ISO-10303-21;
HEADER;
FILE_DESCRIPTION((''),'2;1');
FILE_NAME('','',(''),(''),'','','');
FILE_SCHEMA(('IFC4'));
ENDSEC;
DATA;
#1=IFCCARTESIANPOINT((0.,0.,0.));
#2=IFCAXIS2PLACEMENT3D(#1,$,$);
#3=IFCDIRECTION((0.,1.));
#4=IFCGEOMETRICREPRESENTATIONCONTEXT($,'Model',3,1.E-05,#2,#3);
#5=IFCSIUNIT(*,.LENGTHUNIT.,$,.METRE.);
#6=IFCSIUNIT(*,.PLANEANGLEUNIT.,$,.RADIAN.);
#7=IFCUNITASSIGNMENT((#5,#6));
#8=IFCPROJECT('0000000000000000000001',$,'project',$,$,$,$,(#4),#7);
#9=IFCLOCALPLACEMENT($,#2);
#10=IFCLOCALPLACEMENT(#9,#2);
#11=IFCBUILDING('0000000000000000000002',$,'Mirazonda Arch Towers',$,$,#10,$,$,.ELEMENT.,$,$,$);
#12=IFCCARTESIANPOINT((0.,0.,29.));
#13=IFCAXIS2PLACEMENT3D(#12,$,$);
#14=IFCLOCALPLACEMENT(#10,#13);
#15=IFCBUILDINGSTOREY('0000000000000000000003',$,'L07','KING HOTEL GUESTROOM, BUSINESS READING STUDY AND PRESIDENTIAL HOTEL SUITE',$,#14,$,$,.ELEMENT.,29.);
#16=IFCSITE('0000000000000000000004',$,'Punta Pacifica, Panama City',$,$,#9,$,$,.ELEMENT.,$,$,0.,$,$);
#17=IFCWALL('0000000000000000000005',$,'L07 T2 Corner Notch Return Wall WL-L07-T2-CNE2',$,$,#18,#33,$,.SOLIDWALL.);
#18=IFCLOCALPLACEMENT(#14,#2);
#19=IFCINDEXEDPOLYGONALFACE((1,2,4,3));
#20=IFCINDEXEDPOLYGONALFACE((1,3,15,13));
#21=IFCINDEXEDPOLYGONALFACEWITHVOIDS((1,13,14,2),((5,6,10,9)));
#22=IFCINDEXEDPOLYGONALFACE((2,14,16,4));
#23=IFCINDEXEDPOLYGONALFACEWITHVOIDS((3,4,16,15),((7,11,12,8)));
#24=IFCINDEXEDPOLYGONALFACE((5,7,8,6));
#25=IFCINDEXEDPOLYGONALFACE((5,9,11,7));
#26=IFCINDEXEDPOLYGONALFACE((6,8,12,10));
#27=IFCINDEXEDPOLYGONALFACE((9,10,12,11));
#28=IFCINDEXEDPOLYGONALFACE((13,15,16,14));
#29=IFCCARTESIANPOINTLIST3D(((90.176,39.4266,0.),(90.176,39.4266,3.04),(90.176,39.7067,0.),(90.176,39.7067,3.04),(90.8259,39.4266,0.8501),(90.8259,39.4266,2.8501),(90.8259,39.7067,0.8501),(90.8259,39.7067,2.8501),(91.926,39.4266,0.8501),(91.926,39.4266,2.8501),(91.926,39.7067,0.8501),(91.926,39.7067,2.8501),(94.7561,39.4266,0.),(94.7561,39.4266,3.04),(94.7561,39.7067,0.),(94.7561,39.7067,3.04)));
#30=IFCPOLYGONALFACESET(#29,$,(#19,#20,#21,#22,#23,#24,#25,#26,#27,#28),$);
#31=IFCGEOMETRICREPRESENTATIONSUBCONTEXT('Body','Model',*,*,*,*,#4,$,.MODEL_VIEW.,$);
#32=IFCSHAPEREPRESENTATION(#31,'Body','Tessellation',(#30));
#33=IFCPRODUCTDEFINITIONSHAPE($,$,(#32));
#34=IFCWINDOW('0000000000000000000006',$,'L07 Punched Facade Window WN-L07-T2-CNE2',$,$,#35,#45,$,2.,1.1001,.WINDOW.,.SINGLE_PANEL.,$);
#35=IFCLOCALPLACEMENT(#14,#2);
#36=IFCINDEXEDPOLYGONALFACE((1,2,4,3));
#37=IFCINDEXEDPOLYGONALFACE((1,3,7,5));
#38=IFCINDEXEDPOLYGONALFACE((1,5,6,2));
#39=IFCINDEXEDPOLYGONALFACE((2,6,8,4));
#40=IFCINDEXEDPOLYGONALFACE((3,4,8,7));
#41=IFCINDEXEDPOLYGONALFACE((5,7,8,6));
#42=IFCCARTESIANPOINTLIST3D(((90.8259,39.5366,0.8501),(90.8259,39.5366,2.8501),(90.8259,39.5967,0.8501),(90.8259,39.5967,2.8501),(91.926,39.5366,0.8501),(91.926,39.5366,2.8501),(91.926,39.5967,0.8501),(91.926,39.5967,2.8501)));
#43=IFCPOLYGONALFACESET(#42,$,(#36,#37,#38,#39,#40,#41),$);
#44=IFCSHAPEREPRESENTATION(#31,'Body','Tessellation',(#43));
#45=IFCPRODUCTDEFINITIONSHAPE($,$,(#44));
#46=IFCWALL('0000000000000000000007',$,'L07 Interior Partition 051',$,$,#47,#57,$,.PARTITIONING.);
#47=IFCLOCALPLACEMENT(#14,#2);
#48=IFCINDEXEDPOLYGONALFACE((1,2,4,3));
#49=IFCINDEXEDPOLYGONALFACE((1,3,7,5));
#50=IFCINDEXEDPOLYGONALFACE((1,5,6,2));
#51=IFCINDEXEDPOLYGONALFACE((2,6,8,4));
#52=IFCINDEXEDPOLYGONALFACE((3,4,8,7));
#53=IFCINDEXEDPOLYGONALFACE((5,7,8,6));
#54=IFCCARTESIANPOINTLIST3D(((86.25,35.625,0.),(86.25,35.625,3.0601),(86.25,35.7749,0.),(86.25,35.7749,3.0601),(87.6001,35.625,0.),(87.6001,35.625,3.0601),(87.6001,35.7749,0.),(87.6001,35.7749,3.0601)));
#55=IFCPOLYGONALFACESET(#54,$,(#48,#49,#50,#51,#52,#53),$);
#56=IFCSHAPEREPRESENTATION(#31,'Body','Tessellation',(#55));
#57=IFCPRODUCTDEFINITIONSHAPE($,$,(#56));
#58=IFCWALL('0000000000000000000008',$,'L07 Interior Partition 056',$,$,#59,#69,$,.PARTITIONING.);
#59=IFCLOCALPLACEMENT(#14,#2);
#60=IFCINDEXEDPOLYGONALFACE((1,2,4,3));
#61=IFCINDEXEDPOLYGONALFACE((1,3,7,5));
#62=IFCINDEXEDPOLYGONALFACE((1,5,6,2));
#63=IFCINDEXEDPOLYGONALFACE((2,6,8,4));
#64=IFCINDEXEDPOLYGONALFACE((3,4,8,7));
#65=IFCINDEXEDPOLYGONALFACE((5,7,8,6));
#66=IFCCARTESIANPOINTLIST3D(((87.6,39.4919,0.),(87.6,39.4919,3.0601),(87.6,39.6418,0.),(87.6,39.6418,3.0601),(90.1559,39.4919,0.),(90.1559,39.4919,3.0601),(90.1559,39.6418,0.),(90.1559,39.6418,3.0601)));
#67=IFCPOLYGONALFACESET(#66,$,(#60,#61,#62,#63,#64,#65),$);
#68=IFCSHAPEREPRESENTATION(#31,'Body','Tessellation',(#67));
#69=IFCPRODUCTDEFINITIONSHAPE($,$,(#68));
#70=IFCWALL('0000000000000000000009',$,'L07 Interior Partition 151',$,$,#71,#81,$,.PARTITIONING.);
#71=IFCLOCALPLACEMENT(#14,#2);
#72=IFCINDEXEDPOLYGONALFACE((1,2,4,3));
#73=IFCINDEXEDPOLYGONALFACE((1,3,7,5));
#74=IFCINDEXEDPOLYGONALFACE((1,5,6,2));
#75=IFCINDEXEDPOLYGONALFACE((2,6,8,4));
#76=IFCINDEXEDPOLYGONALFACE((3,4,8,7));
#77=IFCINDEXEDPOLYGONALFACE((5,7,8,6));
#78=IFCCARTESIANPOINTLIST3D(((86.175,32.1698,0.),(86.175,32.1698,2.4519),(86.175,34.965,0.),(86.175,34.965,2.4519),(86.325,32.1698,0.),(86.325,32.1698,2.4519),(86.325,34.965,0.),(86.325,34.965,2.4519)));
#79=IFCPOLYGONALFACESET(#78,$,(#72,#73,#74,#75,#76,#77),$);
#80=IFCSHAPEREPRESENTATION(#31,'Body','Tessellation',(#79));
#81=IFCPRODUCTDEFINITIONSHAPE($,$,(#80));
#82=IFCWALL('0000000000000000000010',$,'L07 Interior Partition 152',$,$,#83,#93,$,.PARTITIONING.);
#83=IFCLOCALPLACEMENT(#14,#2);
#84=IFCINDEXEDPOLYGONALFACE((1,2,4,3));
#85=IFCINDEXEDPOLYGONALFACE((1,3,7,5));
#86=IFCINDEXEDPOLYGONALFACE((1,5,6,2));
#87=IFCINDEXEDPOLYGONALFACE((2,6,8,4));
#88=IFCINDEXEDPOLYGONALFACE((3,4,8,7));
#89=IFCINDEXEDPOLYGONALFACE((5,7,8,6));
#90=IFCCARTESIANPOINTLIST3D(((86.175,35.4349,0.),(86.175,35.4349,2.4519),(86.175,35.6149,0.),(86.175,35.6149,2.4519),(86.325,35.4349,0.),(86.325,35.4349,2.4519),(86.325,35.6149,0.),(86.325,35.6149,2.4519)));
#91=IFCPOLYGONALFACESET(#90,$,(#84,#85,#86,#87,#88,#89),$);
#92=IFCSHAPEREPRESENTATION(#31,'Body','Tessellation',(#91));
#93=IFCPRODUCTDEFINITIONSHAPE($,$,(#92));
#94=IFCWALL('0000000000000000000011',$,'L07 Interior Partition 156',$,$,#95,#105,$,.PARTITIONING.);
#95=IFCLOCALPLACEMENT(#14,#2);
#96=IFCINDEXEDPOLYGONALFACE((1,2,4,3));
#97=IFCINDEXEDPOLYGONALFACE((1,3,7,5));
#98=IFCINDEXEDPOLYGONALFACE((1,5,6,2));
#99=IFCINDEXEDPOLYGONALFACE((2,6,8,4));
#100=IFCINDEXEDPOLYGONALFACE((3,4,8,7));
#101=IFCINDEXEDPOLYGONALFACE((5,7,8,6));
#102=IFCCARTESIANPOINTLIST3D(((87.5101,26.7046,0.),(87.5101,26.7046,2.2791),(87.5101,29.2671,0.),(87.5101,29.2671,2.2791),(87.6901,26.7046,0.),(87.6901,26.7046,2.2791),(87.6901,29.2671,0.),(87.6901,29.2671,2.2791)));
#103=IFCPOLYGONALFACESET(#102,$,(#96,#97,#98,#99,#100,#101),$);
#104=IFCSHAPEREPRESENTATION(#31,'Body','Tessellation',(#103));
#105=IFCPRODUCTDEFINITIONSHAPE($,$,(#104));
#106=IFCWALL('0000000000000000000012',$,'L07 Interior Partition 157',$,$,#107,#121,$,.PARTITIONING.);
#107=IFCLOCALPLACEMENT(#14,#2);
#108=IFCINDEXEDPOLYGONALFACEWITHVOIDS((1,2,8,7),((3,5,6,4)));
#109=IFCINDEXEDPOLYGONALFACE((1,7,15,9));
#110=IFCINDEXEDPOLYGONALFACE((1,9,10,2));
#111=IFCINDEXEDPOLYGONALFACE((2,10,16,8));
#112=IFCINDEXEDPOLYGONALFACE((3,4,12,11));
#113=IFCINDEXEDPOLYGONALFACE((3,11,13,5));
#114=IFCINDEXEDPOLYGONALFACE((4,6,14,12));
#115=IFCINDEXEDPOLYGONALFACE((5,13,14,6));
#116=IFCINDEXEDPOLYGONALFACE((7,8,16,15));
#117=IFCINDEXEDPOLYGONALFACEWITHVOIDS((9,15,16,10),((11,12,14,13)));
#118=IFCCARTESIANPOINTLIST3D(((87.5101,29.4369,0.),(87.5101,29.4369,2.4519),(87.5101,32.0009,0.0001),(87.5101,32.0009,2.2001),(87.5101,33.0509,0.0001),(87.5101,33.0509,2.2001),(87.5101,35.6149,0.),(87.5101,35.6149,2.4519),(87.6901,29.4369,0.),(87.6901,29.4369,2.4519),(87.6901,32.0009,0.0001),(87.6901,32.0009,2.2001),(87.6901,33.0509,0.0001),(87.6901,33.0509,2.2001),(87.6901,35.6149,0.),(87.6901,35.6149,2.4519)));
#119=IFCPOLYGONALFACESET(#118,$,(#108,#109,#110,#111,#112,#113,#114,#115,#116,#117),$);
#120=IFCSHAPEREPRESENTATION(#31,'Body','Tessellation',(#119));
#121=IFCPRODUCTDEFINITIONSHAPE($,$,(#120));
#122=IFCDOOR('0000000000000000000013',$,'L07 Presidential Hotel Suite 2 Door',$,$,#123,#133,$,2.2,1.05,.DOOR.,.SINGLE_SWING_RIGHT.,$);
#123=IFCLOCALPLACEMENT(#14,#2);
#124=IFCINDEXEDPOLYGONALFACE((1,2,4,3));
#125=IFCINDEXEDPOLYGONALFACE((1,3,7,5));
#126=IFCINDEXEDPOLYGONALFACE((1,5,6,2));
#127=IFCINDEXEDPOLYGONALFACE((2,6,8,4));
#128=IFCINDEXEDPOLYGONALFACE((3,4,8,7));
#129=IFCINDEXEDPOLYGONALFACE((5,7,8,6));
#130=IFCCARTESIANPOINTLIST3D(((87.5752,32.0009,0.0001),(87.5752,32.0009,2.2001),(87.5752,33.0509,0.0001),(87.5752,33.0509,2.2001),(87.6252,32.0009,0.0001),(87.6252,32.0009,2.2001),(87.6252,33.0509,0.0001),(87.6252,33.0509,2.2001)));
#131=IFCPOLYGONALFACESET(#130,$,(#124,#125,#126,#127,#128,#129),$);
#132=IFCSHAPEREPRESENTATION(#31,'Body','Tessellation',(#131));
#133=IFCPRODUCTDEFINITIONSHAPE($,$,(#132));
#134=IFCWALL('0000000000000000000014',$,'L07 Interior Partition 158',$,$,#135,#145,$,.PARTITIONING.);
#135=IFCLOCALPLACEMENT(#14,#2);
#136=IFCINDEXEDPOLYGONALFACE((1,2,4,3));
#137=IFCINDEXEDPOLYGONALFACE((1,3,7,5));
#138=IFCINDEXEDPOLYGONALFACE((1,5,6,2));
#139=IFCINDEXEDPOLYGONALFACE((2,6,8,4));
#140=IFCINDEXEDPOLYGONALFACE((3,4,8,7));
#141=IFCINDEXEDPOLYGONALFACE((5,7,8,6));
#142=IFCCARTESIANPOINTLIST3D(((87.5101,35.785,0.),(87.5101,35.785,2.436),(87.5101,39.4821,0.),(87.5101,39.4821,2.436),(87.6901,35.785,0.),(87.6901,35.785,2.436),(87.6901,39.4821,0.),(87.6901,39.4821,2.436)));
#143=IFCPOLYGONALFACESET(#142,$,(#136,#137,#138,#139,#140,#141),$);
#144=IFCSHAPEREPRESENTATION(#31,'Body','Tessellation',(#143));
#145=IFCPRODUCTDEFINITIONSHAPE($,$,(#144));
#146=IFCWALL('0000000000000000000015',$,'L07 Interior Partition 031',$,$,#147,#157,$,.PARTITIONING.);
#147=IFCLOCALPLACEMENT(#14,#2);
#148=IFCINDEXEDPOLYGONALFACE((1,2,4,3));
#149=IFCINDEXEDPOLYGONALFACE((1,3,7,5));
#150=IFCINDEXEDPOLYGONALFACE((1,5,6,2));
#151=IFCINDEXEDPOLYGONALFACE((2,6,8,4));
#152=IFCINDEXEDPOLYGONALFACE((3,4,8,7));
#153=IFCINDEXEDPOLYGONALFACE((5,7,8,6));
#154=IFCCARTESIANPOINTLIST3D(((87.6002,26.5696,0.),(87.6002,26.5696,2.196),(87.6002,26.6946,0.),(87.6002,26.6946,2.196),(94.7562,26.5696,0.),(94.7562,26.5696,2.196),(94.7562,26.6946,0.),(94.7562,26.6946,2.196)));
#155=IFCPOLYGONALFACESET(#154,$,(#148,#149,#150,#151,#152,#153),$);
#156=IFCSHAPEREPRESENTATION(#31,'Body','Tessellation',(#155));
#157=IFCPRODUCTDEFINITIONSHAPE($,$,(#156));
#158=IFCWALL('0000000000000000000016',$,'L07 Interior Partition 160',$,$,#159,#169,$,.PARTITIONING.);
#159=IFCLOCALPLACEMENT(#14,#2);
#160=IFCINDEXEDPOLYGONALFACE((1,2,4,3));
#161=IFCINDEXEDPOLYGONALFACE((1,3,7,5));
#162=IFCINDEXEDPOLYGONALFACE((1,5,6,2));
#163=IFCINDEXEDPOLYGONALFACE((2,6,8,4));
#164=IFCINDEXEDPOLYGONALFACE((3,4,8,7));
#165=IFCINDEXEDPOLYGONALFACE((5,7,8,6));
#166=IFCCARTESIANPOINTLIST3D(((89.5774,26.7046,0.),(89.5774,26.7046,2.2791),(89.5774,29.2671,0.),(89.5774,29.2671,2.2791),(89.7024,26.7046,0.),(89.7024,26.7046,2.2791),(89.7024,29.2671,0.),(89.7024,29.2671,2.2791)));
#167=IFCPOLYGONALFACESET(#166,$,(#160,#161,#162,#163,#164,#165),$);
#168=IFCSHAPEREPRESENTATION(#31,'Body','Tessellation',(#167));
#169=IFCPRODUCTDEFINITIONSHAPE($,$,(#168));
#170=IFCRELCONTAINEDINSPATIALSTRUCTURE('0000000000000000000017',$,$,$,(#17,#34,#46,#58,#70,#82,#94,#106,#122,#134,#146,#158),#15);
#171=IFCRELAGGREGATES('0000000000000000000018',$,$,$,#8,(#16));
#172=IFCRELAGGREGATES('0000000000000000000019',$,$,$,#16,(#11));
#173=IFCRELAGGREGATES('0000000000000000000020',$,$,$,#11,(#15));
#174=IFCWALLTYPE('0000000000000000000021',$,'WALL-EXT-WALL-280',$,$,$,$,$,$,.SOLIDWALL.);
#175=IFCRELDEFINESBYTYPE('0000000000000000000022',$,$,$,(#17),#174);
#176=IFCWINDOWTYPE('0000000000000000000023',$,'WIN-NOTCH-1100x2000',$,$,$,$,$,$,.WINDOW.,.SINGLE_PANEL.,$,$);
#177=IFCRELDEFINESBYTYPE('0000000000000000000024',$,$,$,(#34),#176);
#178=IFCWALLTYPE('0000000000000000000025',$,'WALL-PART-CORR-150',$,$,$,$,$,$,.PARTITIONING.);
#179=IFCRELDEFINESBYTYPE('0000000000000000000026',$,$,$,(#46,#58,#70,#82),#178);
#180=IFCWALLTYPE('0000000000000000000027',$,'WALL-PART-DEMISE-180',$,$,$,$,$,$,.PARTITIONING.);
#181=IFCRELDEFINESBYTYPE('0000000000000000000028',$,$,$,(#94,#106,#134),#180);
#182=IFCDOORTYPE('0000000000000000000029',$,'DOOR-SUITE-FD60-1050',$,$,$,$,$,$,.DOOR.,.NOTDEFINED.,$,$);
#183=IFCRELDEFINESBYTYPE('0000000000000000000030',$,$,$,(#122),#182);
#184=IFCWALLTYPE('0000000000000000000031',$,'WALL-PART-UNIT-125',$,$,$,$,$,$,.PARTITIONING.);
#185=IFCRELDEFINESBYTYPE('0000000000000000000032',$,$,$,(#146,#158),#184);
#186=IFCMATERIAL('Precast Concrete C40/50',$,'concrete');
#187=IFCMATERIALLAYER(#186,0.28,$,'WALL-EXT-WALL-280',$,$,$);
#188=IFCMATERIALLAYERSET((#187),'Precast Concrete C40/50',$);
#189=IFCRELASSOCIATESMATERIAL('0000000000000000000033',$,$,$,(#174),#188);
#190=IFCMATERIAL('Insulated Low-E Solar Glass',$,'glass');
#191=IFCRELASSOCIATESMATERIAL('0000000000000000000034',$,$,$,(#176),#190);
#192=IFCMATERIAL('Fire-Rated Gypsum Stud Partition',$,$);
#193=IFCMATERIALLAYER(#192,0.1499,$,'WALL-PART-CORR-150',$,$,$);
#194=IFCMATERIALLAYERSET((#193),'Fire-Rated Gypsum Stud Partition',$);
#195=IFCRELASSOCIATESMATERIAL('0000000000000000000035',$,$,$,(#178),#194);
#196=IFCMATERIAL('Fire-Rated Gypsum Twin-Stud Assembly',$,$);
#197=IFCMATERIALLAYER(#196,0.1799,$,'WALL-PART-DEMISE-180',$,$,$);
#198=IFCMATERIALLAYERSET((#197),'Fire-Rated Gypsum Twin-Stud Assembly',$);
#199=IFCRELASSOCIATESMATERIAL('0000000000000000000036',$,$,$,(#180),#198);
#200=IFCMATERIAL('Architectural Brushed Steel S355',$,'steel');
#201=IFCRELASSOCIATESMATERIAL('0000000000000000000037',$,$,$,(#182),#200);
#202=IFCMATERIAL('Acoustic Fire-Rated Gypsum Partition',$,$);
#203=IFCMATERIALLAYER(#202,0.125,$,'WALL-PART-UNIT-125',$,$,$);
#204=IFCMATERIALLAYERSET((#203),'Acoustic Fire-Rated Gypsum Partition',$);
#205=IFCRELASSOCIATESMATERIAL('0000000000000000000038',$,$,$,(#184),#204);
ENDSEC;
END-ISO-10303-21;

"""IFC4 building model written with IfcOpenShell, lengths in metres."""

from ifc_helpers import new_model, si_unit, direction, frame, frame_2d, origin, place, context, subcontext, project, spatial, rectangle, extrude, material, layer, layer_set, type_object, element, fill, save


model = new_model("IFC4")

# Units and contexts
model_context = context("Model", 3, precision=1e-05, world=origin(), true_north=direction((0.0, 1.0)))
body_context = subcontext(model_context, "Body", "Model", "MODEL_VIEW")
ifc_project = project(units=[si_unit("LENGTHUNIT", "METRE"), si_unit("PLANEANGLEUNIT", "RADIAN")], contexts=[model_context])

# Site, building, storey
site_placement = place(None, origin())
site = spatial("IfcSite", under=ifc_project, at=site_placement, Name="Punta Pacifica, Panama City", CompositionType="ELEMENT", RefElevation=0.0)
building_placement = place(site_placement, origin())
building = spatial("IfcBuilding", under=site, at=building_placement, Name="Mirazonda Arch Towers", CompositionType="ELEMENT")
storey_placement = place(building_placement, frame((0.0, 0.0, 29.0)))
storey = spatial("IfcBuildingStorey", under=building, at=storey_placement, Name="L07", Description="KING HOTEL GUESTROOM, BUSINESS READING STUDY AND PRESIDENTIAL HOTEL SUITE", CompositionType="ELEMENT", Elevation=29.0)

# Shared definitions
ifc_material_1 = material(Name="Insulated Low-E Solar Glass", Category="glass")

# Wall, opening, window
ifc_material_2 = material(Name="Precast Concrete C40/50", Category="concrete")
ifc_layer_1 = layer(ifc_material_2, 0.28, Name="WALL-EXT-WALL-280")
ifc_layer_set_1 = layer_set([ifc_layer_1], Name="Precast Concrete C40/50")
wall_type_1 = type_object("IfcWallType", Name="WALL-EXT-WALL-280", PredefinedType="SOLIDWALL", material=ifc_layer_set_1)
window_type = type_object("IfcWindowType", Name="WIN-NOTCH-1100x2000", PartitioningType="SINGLE_PANEL", PredefinedType="WINDOW", material=ifc_material_1)
wall_1_placement = place(storey_placement, frame((94.7561, 39.5667, 0.0), z_axis=(0.0, 0.0, 1.0), x_axis=(-1.0, 0.0, 0.0)))
wall_1 = element("IfcWall", 1, at=wall_1_placement, inside=storey, type_object=wall_type_1, Name="L07 T2 Corner Notch Return Wall WL-L07-T2-CNE2", PredefinedType="SOLIDWALL", context=body_context, shape_type="SweptSolid", body=[
    extrude(rectangle(XDim=4.5801, YDim=0.28, at=frame_2d((2.29, 0.0))), origin(), (0.0, 0.0, 1.0), 3.04),
])
opening_1_placement = place(wall_1_placement, frame((2.8301, 0.0, 0.8501)))
opening_1 = element("IfcOpeningElement", 2, at=opening_1_placement, cuts=wall_1, PredefinedType="OPENING", context=body_context, shape_type="SweptSolid", body=[
    extrude(rectangle(XDim=1.1001, YDim=2.0, at=frame_2d((0.55, 1.0))), frame((0.0, 0.1499, 0.0), z_axis=(0.0, -1.0, 0.0), x_axis=(1.0, 0.0, 0.0)), (0.0, 0.0, 1.0), 0.3),
])
window_1_placement = place(opening_1_placement, origin())
window_1 = element("IfcWindow", 3, at=window_1_placement, inside=storey, type_object=window_type, Name="L07 Punched Facade Window WN-L07-T2-CNE2", OverallHeight=2.0, OverallWidth=1.1001, PartitioningType="SINGLE_PANEL", PredefinedType="WINDOW", context=body_context, shape_type="SweptSolid", body=[
    extrude(rectangle(XDim=1.1001, YDim=2.0, at=frame_2d((0.55, 1.0))), frame((0.0, 0.03, 0.0), z_axis=(0.0, -1.0, 0.0), x_axis=(1.0, 0.0, 0.0)), (0.0, 0.0, 1.0), 0.0601),
])
fill(opening_1, window_1)

# Shared definitions
ifc_material_3 = material(Name="Fire-Rated Gypsum Stud Partition")
ifc_layer_2 = layer(ifc_material_3, 0.1499, Name="WALL-PART-CORR-150")
ifc_layer_set_2 = layer_set([ifc_layer_2], Name="Fire-Rated Gypsum Stud Partition")
wall_type_2 = type_object("IfcWallType", Name="WALL-PART-CORR-150", PredefinedType="PARTITIONING", material=ifc_layer_set_2)
ifc_material_4 = material(Name="Architectural Brushed Steel S355", Category="steel")

# Walls
wall_2_placement = place(storey_placement, frame((86.25, 35.7, 0.0), z_axis=(0.0, 0.0, 1.0), x_axis=(1.0, 0.0, 0.0)))
element("IfcWall", 4, at=wall_2_placement, inside=storey, type_object=wall_type_2, Name="L07 Interior Partition 051", PredefinedType="PARTITIONING", context=body_context, shape_type="SweptSolid", body=[
    extrude(rectangle(XDim=1.3501, YDim=0.1499, at=frame_2d((0.675, 0.0))), origin(), (0.0, 0.0, 1.0), 3.0601),
])
wall_3_placement = place(storey_placement, frame((87.6001, 39.5669, 0.0), z_axis=(0.0, 0.0, 1.0), x_axis=(1.0, 0.0, 0.0)))
element("IfcWall", 5, at=wall_3_placement, inside=storey, type_object=wall_type_2, Name="L07 Interior Partition 056", PredefinedType="PARTITIONING", context=body_context, shape_type="SweptSolid", body=[
    extrude(rectangle(XDim=2.5559, YDim=0.1499, at=frame_2d((1.2778, 0.0))), origin(), (0.0, 0.0, 1.0), 3.0601),
])
wall_4_placement = place(storey_placement, frame((86.25, 32.1699, 0.0), z_axis=(0.0, 0.0, 1.0), x_axis=(0.0, 1.0, 0.0)))
element("IfcWall", 6, at=wall_4_placement, inside=storey, type_object=wall_type_2, Name="L07 Interior Partition 151", PredefinedType="PARTITIONING", context=body_context, shape_type="SweptSolid", body=[
    extrude(rectangle(XDim=2.7952, YDim=0.1499, at=frame_2d((1.3975, 0.0))), origin(), (0.0, 0.0, 1.0), 2.4519),
])
wall_5_placement = place(storey_placement, frame((86.25, 35.4351, 0.0), z_axis=(0.0, 0.0, 1.0), x_axis=(0.0, 1.0, 0.0)))
element("IfcWall", 7, at=wall_5_placement, inside=storey, type_object=wall_type_2, Name="L07 Interior Partition 152", PredefinedType="PARTITIONING", context=body_context, shape_type="SweptSolid", body=[
    extrude(rectangle(XDim=0.1799, YDim=0.1499, at=frame_2d((0.0898, 0.0))), origin(), (0.0, 0.0, 1.0), 2.4519),
])
ifc_material_5 = material(Name="Fire-Rated Gypsum Twin-Stud Assembly")
ifc_layer_3 = layer(ifc_material_5, 0.1799, Name="WALL-PART-DEMISE-180")
ifc_layer_set_3 = layer_set([ifc_layer_3], Name="Fire-Rated Gypsum Twin-Stud Assembly")
wall_type_3 = type_object("IfcWallType", Name="WALL-PART-DEMISE-180", PredefinedType="PARTITIONING", material=ifc_layer_set_3)
wall_6_placement = place(storey_placement, frame((87.6001, 26.7046, 0.0), z_axis=(0.0, 0.0, 1.0), x_axis=(0.0, 1.0, 0.0)))
element("IfcWall", 8, at=wall_6_placement, inside=storey, type_object=wall_type_3, Name="L07 Interior Partition 156", PredefinedType="PARTITIONING", context=body_context, shape_type="SweptSolid", body=[
    extrude(rectangle(XDim=2.5625, YDim=0.1799, at=frame_2d((1.2812, 0.0))), origin(), (0.0, 0.0, 1.0), 2.2791),
])

# Wall, opening, door
wall_7_placement = place(storey_placement, frame((87.6001, 29.437, 0.0), z_axis=(0.0, 0.0, 1.0), x_axis=(0.0, 1.0, 0.0)))
wall_7 = element("IfcWall", 9, at=wall_7_placement, inside=storey, type_object=wall_type_3, Name="L07 Interior Partition 157", PredefinedType="PARTITIONING", context=body_context, shape_type="SweptSolid", body=[
    extrude(rectangle(XDim=6.178, YDim=0.1799, at=frame_2d((3.0889, 0.0))), origin(), (0.0, 0.0, 1.0), 2.4519),
])
opening_2_placement = place(wall_7_placement, frame((2.564, 0.0, 0.0)))
opening_2 = element("IfcOpeningElement", 10, at=opening_2_placement, cuts=wall_7, PredefinedType="OPENING", context=body_context, shape_type="SweptSolid", body=[
    extrude(rectangle(XDim=1.05, YDim=2.2, at=frame_2d((0.5249, 1.1001))), frame((0.0, 0.0999, 0.0), z_axis=(0.0, -1.0, 0.0), x_axis=(1.0, 0.0, 0.0)), (0.0, 0.0, 1.0), 0.2),
])
door_type_1 = type_object("IfcDoorType", Name="DOOR-SUITE-FD60-1050", OperationType="NOTDEFINED", PredefinedType="DOOR", material=ifc_material_4)
door_1_placement = place(opening_2_placement, origin())
door_1 = element("IfcDoor", 11, at=door_1_placement, inside=storey, type_object=door_type_1, Name="L07 Presidential Hotel Suite 2 Door", OperationType="SINGLE_SWING_RIGHT", OverallHeight=2.2, OverallWidth=1.05, PredefinedType="DOOR", context=body_context, shape_type="SweptSolid", body=[
    extrude(rectangle(XDim=1.05, YDim=2.2, at=frame_2d((0.5249, 1.1001))), frame((0.0, 0.0249, 0.0), z_axis=(0.0, -1.0, 0.0), x_axis=(1.0, 0.0, 0.0)), (0.0, 0.0, 1.0), 0.05),
])
fill(opening_2, door_1)

# Walls
wall_8_placement = place(storey_placement, frame((87.6001, 35.7849, 0.0), z_axis=(0.0, 0.0, 1.0), x_axis=(0.0, 1.0, 0.0)))
element("IfcWall", 12, at=wall_8_placement, inside=storey, type_object=wall_type_3, Name="L07 Interior Partition 158", PredefinedType="PARTITIONING", context=body_context, shape_type="SweptSolid", body=[
    extrude(rectangle(XDim=3.697, YDim=0.1799, at=frame_2d((1.8486, 0.0))), origin(), (0.0, 0.0, 1.0), 2.436),
])
ifc_material_6 = material(Name="Acoustic Fire-Rated Gypsum Partition")
ifc_layer_4 = layer(ifc_material_6, 0.125, Name="WALL-PART-UNIT-125")
ifc_layer_set_4 = layer_set([ifc_layer_4], Name="Acoustic Fire-Rated Gypsum Partition")
wall_type_4 = type_object("IfcWallType", Name="WALL-PART-UNIT-125", PredefinedType="PARTITIONING", material=ifc_layer_set_4)
wall_9_placement = place(storey_placement, frame((87.6001, 26.6321, 0.0), z_axis=(0.0, 0.0, 1.0), x_axis=(1.0, 0.0, 0.0)))
element("IfcWall", 13, at=wall_9_placement, inside=storey, type_object=wall_type_4, Name="L07 Interior Partition 031", PredefinedType="PARTITIONING", context=body_context, shape_type="SweptSolid", body=[
    extrude(rectangle(XDim=7.156, YDim=0.125, at=frame_2d((3.5781, 0.0))), origin(), (0.0, 0.0, 1.0), 2.196),
])
wall_10_placement = place(storey_placement, frame((89.6399, 26.7046, 0.0), z_axis=(0.0, 0.0, 1.0), x_axis=(0.0, 1.0, 0.0)))
element("IfcWall", 14, at=wall_10_placement, inside=storey, type_object=wall_type_4, Name="L07 Interior Partition 160", PredefinedType="PARTITIONING", context=body_context, shape_type="SweptSolid", body=[
    extrude(rectangle(XDim=2.5625, YDim=0.125, at=frame_2d((1.2812, 0.0))), origin(), (0.0, 0.0, 1.0), 2.2791),
])

save(model, "model.ifc")
